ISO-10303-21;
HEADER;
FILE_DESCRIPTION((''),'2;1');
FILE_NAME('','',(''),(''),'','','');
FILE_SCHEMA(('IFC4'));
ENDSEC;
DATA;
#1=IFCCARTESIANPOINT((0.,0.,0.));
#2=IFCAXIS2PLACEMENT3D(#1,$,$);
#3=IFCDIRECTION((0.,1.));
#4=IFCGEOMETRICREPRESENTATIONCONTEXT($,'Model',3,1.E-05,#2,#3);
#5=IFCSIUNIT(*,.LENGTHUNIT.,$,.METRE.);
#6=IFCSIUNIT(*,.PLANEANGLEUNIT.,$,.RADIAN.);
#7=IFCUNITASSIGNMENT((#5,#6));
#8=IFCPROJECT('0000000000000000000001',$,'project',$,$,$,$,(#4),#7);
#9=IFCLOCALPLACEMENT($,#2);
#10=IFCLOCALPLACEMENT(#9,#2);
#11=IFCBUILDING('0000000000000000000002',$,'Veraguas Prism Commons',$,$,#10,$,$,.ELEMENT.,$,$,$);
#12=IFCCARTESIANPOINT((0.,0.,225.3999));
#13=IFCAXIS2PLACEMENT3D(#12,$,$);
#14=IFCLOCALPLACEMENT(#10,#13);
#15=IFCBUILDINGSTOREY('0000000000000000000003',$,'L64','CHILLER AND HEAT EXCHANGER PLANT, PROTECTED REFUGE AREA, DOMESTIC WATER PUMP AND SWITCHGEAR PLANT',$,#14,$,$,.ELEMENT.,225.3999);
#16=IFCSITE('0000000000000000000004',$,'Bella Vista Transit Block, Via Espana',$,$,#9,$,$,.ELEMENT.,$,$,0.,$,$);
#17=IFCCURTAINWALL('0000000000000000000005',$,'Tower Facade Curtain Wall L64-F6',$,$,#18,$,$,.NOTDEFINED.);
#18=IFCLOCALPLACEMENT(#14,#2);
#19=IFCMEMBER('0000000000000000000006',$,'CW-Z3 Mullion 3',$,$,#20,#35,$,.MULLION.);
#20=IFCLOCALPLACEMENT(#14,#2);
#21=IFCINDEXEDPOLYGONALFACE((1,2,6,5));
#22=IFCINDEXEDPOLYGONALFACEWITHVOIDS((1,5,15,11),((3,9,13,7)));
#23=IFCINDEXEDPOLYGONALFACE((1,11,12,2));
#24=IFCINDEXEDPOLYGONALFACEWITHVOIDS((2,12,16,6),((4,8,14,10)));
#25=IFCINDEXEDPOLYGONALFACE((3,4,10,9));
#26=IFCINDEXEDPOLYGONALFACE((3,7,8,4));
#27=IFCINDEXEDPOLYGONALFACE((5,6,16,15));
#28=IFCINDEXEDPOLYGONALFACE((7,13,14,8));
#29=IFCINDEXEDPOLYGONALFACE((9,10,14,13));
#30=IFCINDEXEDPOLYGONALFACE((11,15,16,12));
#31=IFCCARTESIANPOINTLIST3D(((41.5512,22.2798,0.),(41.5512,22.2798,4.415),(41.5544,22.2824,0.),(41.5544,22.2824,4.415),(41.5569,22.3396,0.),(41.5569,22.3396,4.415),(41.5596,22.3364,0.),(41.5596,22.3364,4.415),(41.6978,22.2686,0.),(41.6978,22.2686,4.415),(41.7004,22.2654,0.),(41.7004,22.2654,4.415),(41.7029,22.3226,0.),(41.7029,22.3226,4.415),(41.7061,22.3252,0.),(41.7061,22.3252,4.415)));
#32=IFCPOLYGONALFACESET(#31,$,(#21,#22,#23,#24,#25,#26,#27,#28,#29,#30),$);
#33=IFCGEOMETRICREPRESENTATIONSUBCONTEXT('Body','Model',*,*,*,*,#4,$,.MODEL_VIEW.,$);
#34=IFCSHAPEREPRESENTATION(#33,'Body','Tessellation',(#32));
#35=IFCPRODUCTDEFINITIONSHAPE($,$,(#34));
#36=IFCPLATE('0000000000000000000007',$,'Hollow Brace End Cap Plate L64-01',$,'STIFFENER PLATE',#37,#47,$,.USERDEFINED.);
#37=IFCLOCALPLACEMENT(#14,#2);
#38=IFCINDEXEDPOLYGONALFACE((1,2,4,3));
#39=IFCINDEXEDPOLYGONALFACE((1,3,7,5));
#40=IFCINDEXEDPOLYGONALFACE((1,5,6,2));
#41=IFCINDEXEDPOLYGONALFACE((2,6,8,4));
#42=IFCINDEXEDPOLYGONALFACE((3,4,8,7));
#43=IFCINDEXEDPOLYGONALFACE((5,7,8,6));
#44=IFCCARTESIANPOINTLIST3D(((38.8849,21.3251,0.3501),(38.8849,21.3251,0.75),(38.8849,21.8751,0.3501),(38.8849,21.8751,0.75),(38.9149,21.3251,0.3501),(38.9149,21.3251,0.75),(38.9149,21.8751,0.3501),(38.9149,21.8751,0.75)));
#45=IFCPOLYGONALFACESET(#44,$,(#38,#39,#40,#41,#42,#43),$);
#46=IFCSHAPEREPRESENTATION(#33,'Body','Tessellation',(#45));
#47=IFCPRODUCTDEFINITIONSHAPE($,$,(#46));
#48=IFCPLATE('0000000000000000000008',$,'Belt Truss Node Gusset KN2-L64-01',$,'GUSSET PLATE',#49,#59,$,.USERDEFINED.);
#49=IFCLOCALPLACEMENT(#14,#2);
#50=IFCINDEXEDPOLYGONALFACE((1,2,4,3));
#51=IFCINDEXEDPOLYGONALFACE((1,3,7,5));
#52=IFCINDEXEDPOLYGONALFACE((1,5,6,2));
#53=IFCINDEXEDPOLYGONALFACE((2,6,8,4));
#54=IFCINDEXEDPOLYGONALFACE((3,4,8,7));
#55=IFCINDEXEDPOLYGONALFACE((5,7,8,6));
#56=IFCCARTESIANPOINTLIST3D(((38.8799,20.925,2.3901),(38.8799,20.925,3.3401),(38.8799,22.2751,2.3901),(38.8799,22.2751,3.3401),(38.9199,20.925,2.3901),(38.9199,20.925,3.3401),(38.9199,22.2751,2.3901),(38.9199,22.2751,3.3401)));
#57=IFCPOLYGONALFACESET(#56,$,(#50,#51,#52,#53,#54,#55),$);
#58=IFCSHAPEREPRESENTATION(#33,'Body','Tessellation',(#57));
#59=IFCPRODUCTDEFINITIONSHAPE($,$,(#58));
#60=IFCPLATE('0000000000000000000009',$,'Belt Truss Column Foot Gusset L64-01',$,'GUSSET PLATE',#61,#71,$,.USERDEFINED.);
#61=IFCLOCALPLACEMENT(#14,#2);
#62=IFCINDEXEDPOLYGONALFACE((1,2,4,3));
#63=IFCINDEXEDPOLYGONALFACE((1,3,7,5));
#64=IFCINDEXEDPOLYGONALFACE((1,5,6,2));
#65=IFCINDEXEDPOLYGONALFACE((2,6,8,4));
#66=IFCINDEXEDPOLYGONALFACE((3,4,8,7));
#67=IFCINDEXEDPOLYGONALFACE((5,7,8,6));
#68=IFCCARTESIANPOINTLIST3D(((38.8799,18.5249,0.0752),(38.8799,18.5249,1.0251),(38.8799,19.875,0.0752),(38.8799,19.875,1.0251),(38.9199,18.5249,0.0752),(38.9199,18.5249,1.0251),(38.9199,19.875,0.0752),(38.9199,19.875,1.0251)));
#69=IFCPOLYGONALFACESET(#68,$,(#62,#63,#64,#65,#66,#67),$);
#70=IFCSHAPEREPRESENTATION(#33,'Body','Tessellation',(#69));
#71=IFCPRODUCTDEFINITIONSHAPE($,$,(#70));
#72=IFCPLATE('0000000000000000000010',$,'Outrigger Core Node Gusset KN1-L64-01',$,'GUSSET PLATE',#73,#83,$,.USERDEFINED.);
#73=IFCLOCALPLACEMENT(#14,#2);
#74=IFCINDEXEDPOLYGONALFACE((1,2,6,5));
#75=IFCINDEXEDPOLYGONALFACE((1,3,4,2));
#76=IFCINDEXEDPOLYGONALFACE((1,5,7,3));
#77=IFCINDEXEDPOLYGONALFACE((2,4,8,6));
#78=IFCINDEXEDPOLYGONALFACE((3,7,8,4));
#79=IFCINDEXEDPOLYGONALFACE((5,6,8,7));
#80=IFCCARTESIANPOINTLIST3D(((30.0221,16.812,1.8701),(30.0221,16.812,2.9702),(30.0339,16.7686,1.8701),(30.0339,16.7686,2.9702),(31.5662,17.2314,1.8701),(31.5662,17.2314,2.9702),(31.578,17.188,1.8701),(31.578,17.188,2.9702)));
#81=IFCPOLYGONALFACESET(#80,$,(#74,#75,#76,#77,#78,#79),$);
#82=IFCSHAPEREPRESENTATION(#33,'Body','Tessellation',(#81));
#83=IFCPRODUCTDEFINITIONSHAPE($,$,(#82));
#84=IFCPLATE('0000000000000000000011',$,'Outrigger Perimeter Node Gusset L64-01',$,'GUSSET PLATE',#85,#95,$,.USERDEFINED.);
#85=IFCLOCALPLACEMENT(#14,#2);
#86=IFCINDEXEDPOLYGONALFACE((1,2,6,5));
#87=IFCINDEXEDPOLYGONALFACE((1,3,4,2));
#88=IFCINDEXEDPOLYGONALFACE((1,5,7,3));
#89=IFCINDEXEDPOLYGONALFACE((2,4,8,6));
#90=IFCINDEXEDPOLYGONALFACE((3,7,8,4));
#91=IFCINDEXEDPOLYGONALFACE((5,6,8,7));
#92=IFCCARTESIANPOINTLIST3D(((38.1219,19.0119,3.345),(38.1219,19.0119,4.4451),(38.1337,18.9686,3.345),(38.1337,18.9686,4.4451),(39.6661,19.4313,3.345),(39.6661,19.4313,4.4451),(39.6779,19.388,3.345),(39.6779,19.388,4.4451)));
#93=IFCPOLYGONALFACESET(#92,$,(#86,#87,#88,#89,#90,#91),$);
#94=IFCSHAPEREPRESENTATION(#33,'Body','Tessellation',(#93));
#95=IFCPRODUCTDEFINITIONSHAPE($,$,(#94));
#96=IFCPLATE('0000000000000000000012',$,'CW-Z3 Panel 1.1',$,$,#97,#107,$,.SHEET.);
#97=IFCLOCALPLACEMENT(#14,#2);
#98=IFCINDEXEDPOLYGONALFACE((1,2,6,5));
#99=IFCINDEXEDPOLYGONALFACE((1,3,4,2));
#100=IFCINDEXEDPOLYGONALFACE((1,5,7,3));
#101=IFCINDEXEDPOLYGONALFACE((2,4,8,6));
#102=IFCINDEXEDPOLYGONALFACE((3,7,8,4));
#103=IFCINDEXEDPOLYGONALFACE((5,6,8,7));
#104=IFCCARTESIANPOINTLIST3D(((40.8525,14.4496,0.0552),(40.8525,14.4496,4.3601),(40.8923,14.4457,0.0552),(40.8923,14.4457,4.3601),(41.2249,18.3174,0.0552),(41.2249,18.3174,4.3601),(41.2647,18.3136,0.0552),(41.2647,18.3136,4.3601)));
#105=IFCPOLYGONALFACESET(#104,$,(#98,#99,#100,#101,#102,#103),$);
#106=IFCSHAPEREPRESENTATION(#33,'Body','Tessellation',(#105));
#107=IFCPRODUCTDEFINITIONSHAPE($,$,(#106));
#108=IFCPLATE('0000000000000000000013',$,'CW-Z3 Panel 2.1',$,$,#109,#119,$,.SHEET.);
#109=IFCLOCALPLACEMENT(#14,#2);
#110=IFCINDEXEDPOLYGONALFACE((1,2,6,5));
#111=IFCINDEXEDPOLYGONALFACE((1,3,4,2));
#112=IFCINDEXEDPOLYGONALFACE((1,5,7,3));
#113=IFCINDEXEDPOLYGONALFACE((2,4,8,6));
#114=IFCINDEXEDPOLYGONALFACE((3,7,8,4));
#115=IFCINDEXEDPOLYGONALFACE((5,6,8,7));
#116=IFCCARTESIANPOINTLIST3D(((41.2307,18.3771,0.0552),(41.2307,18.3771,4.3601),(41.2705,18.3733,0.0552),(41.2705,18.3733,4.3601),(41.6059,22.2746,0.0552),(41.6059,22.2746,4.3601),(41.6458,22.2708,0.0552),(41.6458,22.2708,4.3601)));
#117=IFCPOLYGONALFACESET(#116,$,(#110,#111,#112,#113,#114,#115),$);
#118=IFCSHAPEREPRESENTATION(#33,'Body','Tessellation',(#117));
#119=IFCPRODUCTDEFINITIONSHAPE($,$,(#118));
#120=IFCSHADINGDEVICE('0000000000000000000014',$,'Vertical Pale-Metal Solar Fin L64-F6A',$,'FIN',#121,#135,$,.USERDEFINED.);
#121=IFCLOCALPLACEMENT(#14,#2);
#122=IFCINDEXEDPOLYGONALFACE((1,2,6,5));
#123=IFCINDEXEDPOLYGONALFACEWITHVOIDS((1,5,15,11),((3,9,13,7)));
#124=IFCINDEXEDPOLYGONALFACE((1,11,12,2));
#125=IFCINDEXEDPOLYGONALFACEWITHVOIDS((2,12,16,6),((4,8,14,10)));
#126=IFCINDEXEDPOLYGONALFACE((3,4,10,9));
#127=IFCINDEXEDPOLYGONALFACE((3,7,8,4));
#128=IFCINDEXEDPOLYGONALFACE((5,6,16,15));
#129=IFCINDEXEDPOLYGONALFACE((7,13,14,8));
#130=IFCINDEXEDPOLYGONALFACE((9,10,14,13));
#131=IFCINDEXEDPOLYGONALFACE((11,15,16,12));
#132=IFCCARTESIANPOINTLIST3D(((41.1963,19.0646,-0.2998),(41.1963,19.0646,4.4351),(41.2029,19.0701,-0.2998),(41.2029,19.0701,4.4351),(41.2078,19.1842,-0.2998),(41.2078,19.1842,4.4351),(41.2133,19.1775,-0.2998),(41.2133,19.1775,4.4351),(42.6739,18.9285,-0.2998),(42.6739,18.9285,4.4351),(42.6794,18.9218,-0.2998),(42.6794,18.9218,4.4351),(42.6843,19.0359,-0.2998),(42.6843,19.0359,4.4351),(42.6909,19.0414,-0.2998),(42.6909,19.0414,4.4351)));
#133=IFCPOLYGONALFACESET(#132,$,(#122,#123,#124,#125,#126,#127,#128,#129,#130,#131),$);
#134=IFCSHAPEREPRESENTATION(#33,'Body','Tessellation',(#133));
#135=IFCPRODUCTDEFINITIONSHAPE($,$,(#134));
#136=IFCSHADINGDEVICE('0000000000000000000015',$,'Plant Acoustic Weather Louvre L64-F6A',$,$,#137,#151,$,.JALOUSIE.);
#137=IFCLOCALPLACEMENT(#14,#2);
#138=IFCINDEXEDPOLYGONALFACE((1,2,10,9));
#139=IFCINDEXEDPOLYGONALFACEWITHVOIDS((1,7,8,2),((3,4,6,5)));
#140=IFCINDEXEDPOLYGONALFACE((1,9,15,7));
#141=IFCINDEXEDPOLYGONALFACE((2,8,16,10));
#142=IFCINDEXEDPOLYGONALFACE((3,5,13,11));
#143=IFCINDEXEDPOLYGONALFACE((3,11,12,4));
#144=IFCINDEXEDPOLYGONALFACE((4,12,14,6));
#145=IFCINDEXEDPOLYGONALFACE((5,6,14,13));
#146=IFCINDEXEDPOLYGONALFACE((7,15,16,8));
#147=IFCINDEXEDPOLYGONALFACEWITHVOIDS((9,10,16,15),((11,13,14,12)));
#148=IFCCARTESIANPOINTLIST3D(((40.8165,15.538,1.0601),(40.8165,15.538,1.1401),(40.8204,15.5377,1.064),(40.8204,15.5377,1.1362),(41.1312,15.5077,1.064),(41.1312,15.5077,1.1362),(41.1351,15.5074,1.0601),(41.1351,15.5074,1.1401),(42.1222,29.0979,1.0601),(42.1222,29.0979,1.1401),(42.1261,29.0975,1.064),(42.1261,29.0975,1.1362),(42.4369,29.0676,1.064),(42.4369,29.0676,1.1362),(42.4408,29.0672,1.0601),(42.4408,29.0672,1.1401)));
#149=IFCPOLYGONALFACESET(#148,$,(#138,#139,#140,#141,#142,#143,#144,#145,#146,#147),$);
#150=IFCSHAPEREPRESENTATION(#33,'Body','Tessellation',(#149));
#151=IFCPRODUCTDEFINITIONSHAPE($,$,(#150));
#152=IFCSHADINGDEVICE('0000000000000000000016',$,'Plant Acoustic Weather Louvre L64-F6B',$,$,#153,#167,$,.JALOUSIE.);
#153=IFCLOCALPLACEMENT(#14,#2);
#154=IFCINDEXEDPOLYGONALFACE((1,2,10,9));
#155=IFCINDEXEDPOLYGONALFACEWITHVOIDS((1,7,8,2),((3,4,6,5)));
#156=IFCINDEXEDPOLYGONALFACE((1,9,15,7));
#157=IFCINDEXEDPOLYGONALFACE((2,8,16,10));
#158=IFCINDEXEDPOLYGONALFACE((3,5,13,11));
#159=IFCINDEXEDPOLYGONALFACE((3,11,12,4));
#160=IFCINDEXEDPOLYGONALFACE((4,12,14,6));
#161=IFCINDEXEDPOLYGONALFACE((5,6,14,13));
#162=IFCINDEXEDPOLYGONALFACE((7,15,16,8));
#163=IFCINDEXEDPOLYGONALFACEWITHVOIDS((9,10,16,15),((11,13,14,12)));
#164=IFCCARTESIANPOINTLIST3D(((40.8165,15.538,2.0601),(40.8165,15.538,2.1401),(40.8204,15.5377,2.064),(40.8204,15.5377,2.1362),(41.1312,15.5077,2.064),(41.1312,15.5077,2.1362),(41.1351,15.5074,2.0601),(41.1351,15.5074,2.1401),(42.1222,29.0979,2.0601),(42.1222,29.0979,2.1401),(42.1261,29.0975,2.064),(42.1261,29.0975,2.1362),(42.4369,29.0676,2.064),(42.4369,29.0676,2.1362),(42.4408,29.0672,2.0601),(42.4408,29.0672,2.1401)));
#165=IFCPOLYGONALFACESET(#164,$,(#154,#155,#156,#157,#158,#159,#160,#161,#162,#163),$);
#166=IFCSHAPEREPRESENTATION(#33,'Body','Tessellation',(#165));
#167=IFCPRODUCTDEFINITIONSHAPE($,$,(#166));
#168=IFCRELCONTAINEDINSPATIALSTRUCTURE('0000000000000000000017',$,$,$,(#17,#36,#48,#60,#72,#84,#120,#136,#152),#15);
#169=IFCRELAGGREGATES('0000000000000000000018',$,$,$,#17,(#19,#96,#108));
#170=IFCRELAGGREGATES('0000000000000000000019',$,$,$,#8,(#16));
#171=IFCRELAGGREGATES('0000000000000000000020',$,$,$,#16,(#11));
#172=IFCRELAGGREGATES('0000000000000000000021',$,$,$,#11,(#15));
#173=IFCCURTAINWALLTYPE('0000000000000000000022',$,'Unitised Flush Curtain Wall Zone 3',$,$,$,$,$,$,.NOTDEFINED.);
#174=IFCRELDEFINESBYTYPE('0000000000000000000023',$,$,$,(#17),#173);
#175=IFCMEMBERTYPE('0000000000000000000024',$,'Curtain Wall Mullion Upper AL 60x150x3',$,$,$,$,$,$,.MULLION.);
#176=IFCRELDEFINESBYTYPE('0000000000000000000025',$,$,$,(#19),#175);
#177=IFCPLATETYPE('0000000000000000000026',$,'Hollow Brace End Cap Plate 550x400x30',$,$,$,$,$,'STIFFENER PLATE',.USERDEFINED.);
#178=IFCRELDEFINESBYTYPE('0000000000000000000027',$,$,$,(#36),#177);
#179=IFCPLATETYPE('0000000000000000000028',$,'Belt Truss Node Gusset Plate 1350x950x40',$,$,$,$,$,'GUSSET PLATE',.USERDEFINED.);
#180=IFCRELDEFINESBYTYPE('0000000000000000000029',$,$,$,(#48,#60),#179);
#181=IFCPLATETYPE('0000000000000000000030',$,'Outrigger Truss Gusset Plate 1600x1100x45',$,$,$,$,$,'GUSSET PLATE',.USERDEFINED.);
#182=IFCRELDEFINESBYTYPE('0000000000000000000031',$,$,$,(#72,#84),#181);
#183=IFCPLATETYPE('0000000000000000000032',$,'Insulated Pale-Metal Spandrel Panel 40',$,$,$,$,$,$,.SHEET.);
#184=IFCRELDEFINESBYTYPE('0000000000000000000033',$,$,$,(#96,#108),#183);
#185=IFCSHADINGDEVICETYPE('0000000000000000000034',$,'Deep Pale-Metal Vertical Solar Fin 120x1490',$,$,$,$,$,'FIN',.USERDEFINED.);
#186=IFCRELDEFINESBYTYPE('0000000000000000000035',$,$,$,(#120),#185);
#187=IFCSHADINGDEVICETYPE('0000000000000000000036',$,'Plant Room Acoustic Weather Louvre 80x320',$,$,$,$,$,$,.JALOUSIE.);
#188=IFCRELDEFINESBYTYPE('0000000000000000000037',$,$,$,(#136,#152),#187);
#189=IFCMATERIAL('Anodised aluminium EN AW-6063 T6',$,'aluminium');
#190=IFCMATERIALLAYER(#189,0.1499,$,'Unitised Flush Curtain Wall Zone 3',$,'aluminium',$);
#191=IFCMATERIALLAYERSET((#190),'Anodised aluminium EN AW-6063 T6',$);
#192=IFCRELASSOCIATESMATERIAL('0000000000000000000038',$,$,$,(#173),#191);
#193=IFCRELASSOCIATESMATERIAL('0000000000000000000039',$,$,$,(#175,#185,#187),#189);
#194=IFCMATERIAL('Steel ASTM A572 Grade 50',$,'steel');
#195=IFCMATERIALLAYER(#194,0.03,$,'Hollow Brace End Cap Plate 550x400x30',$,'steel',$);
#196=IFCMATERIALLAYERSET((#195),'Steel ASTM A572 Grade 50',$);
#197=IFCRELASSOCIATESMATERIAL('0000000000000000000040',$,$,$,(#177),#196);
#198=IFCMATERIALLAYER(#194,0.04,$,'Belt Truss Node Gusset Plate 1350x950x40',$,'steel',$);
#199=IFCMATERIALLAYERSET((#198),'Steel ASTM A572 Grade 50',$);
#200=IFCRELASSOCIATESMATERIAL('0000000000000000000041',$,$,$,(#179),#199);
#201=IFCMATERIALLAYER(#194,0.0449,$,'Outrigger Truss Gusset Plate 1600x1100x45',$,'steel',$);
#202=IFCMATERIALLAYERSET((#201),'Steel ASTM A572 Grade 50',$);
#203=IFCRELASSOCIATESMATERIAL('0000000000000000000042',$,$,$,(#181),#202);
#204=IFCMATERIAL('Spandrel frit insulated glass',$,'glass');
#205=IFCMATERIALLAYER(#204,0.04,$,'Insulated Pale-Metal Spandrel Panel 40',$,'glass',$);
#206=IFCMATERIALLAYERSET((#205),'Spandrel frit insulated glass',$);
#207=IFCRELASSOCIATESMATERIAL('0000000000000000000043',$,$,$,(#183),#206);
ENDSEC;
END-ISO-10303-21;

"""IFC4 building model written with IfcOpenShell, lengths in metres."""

from ifc_helpers import new_model, si_unit, direction, frame, origin, origin_2d, place, context, subcontext, project, spatial, rectangle, hollow_rectangle, extrude, source, transform, mapped, material, layer, layer_set, material_profile, profile_set, type_object, element, aggregate, save


model = new_model("IFC4")

# Units and contexts
model_context = context("Model", 3, precision=1e-05, world=origin(), true_north=direction((0.0, 1.0)))
body_context = subcontext(model_context, "Body", "Model", "MODEL_VIEW")
ifc_project = project(units=[si_unit("LENGTHUNIT", "METRE"), si_unit("PLANEANGLEUNIT", "RADIAN")], contexts=[model_context])

# Site, building, storey
site_placement = place(None, origin())
site = spatial("IfcSite", under=ifc_project, at=site_placement, Name="Bella Vista Transit Block, Via Espana", CompositionType="ELEMENT", RefElevation=0.0)
building_placement = place(site_placement, origin())
building = spatial("IfcBuilding", under=site, at=building_placement, Name="Veraguas Prism Commons", CompositionType="ELEMENT")
storey_placement = place(building_placement, frame((0.0, 0.0, 225.3999)))
storey = spatial("IfcBuildingStorey", under=building, at=storey_placement, Name="L64", Description="CHILLER AND HEAT EXCHANGER PLANT, PROTECTED REFUGE AREA, DOMESTIC WATER PUMP AND SWITCHGEAR PLANT", CompositionType="ELEMENT", Elevation=225.3999)

# Curtain wall, member
ifc_material_1 = material(Name="Anodised aluminium EN AW-6063 T6", Category="aluminium")
ifc_layer_1 = layer(ifc_material_1, 0.1499, Name="Unitised Flush Curtain Wall Zone 3", Category="aluminium")
ifc_layer_set_1 = layer_set([ifc_layer_1], Name="Anodised aluminium EN AW-6063 T6")
curtain_wall_type = type_object("IfcCurtainWallType", Name="Unitised Flush Curtain Wall Zone 3", PredefinedType="NOTDEFINED", material=ifc_layer_set_1)
curtain_wall_placement = place(storey_placement, origin())
curtain_wall = element("IfcCurtainWall", 1, at=curtain_wall_placement, inside=storey, type_object=curtain_wall_type, Name="Tower Facade Curtain Wall L64-F6", PredefinedType="NOTDEFINED")
ifc_material_profile_1 = material_profile(ifc_material_1, hollow_rectangle(XDim=0.0601, YDim=0.1499, WallThickness=0.0029, at=origin_2d()), Name="AL60X150X3")
ifc_profile_set_1 = profile_set([ifc_material_profile_1], Name="Anodised aluminium EN AW-6063 T6")
member_type_1 = type_object("IfcMemberType", Name="Curtain Wall Mullion Upper AL 60x150x3", PredefinedType="MULLION", material=ifc_profile_set_1)
shared_shape_1 = source(origin(), body_context, "Body", "SweptSolid", [
    extrude(hollow_rectangle(XDim=0.0601, YDim=0.1499, WallThickness=0.0029, at=origin_2d()), origin(), (0.0, 0.0, 1.0), 4.415),
])
member_1_placement = place(storey_placement, frame((41.6287, 22.3025, 0.0), z_axis=(0.0, 0.0, 1.0), x_axis=(0.095841, 0.995397, 0.0)))
member_1 = element("IfcMember", 2, at=member_1_placement, type_object=member_type_1, Name="CW-Z3 Mullion 3", PredefinedType="MULLION", context=body_context, shape_type="MappedRepresentation", body=[
    mapped(shared_shape_1, transform((0.0, 0.0, 0.0), scale=1.0)),
])

# Plates
ifc_material_2 = material(Name="Steel ASTM A572 Grade 50", Category="steel")
ifc_layer_2 = layer(ifc_material_2, 0.03, Name="Hollow Brace End Cap Plate 550x400x30", Category="steel")
ifc_layer_set_2 = layer_set([ifc_layer_2], Name="Steel ASTM A572 Grade 50")
plate_type_1 = type_object("IfcPlateType", Name="Hollow Brace End Cap Plate 550x400x30", ElementType="STIFFENER PLATE", PredefinedType="USERDEFINED", material=ifc_layer_set_2)
shared_shape_2 = source(origin(), body_context, "Body", "SweptSolid", [
    extrude(rectangle(XDim=0.55, YDim=0.03, at=origin_2d()), origin(), (0.0, 0.0, 1.0), 0.3999),
])
plate_1_placement = place(storey_placement, frame((38.8999, 21.6001, 0.3501), z_axis=(0.0, 0.0, 1.0), x_axis=(0.0, 1.0, 0.0)))
element("IfcPlate", 3, at=plate_1_placement, inside=storey, type_object=plate_type_1, Name="Hollow Brace End Cap Plate L64-01", ObjectType="STIFFENER PLATE", PredefinedType="USERDEFINED", context=body_context, shape_type="MappedRepresentation", body=[
    mapped(shared_shape_2, transform((0.0, 0.0, 0.0), scale=1.0)),
])
ifc_layer_3 = layer(ifc_material_2, 0.04, Name="Belt Truss Node Gusset Plate 1350x950x40", Category="steel")
ifc_layer_set_3 = layer_set([ifc_layer_3], Name="Steel ASTM A572 Grade 50")
plate_type_2 = type_object("IfcPlateType", Name="Belt Truss Node Gusset Plate 1350x950x40", ElementType="GUSSET PLATE", PredefinedType="USERDEFINED", material=ifc_layer_set_3)
shared_shape_3 = source(origin(), body_context, "Body", "SweptSolid", [
    extrude(rectangle(XDim=1.3501, YDim=0.04, at=origin_2d()), origin(), (0.0, 0.0, 1.0), 0.95),
])
for number, where, z_axis, x_axis, name in (
    (4, (38.8999, 21.6001, 2.3901), (0.0, 0.0, 1.0), (0.0, 1.0, 0.0), "Belt Truss Node Gusset KN2-L64-01"),
    (5, (38.8999, 19.2, 0.0752), (0.0, 0.0, 1.0), (0.0, 1.0, 0.0), "Belt Truss Column Foot Gusset L64-01"),
):
    element("IfcPlate", number, at=place(storey_placement, frame(where, z_axis=z_axis, x_axis=x_axis)), inside=storey, type_object=plate_type_2, Name=name, ObjectType="GUSSET PLATE", PredefinedType="USERDEFINED", context=body_context, shape_type="MappedRepresentation", body=[
        mapped(shared_shape_3, transform((0.0, 0.0, 0.0), scale=1.0)),
    ])
ifc_layer_4 = layer(ifc_material_2, 0.0449, Name="Outrigger Truss Gusset Plate 1600x1100x45", Category="steel")
ifc_layer_set_4 = layer_set([ifc_layer_4], Name="Steel ASTM A572 Grade 50")
plate_type_3 = type_object("IfcPlateType", Name="Outrigger Truss Gusset Plate 1600x1100x45", ElementType="GUSSET PLATE", PredefinedType="USERDEFINED", material=ifc_layer_set_4)
shared_shape_4 = source(origin(), body_context, "Body", "SweptSolid", [
    extrude(rectangle(XDim=1.6001, YDim=0.0449, at=origin_2d()), origin(), (0.0, 0.0, 1.0), 1.1001),
])
for number, where, z_axis, x_axis, name in (
    (6, (30.8, 17.0, 1.8701), (0.0, 0.0, 1.0), (0.965038, 0.262108, 0.0), "Outrigger Core Node Gusset KN1-L64-01"),
    (7, (38.8999, 19.2, 3.345), (0.0, 0.0, 1.0), (0.965038, 0.262108, 0.0), "Outrigger Perimeter Node Gusset L64-01"),
):
    element("IfcPlate", number, at=place(storey_placement, frame(where, z_axis=z_axis, x_axis=x_axis)), inside=storey, type_object=plate_type_3, Name=name, ObjectType="GUSSET PLATE", PredefinedType="USERDEFINED", context=body_context, shape_type="MappedRepresentation", body=[
        mapped(shared_shape_4, transform((0.0, 0.0, 0.0), scale=1.0)),
    ])

# Plates
ifc_material_3 = material(Name="Spandrel frit insulated glass", Category="glass")
ifc_layer_5 = layer(ifc_material_3, 0.04, Name="Insulated Pale-Metal Spandrel Panel 40", Category="glass")
ifc_layer_set_5 = layer_set([ifc_layer_5], Name="Spandrel frit insulated glass")
plate_type_4 = type_object("IfcPlateType", Name="Insulated Pale-Metal Spandrel Panel 40", PredefinedType="SHEET", material=ifc_layer_set_5)
shared_shape_5 = source(origin(), body_context, "Body", "SweptSolid", [
    extrude(rectangle(XDim=3.8857, YDim=0.04, at=origin_2d()), origin(), (0.0, 0.0, 1.0), 4.3049),
])
plate_2_placement = place(storey_placement, frame((41.0586, 16.3816, 0.0552), z_axis=(0.0, 0.0, 1.0), x_axis=(0.095841, 0.995397, 0.0)))
plate_2 = element("IfcPlate", 8, at=plate_2_placement, type_object=plate_type_4, Name="CW-Z3 Panel 1.1", PredefinedType="SHEET", context=body_context, shape_type="MappedRepresentation", body=[
    mapped(shared_shape_5, transform((0.0, 0.0, 0.0), scale=1.0)),
])
shared_shape_6 = source(origin(), body_context, "Body", "SweptSolid", [
    extrude(rectangle(XDim=3.9155, YDim=0.04, at=origin_2d()), origin(), (0.0, 0.0, 1.0), 4.3049),
])
plate_3_placement = place(storey_placement, frame((41.4382, 20.324, 0.0552), z_axis=(0.0, 0.0, 1.0), x_axis=(0.095841, 0.995397, 0.0)))
plate_3 = element("IfcPlate", 9, at=plate_3_placement, type_object=plate_type_4, Name="CW-Z3 Panel 2.1", PredefinedType="SHEET", context=body_context, shape_type="MappedRepresentation", body=[
    mapped(shared_shape_6, transform((0.0, 0.0, 0.0), scale=1.0)),
])
aggregate(curtain_wall, [member_1, plate_2, plate_3])

# Shading devices
ifc_material_profile_2 = material_profile(ifc_material_1, hollow_rectangle(XDim=0.1201, YDim=1.49, WallThickness=0.0061, at=origin_2d()), Name="FIN120X1490X6")
ifc_profile_set_2 = profile_set([ifc_material_profile_2], Name="Anodised aluminium EN AW-6063 T6")
shading_device_type_1 = type_object("IfcShadingDeviceType", Name="Deep Pale-Metal Vertical Solar Fin 120x1490", ElementType="FIN", PredefinedType="USERDEFINED", material=ifc_profile_set_2)
shading_device_placement = place(storey_placement, frame((41.9436, 19.053, -0.2998), z_axis=(0.0, 0.0, 1.0), x_axis=(0.095847, 0.995396, 0.0)))
element("IfcShadingDevice", 10, at=shading_device_placement, inside=storey, type_object=shading_device_type_1, Name="Vertical Pale-Metal Solar Fin L64-F6A", ObjectType="FIN", PredefinedType="USERDEFINED", context=body_context, shape_type="SweptSolid", body=[
    extrude(hollow_rectangle(XDim=0.1201, YDim=1.49, WallThickness=0.0061, at=origin_2d()), origin(), (0.0, 0.0, 1.0), 4.7349),
])
ifc_material_profile_3 = material_profile(ifc_material_1, hollow_rectangle(XDim=0.0801, YDim=0.3201, WallThickness=0.0039, at=origin_2d()), Name="LVR80X320X4")
ifc_profile_set_3 = profile_set([ifc_material_profile_3], Name="Anodised aluminium EN AW-6063 T6")
shading_device_type_2 = type_object("IfcShadingDeviceType", Name="Plant Room Acoustic Weather Louvre 80x320", PredefinedType="JALOUSIE", material=ifc_profile_set_3)
for number, where, z_axis, x_axis, name in (
    (11, (40.9758, 15.5227, 1.1001), (0.095846, 0.995396, 0.0), (0.0, 0.0, 1.0), "Plant Acoustic Weather Louvre L64-F6A"),
    (12, (40.9758, 15.5227, 2.1001), (0.095846, 0.995396, 0.0), (0.0, 0.0, 1.0), "Plant Acoustic Weather Louvre L64-F6B"),
):
    element("IfcShadingDevice", number, at=place(storey_placement, frame(where, z_axis=z_axis, x_axis=x_axis)), inside=storey, type_object=shading_device_type_2, Name=name, PredefinedType="JALOUSIE", context=body_context, shape_type="SweptSolid", body=[
        extrude(hollow_rectangle(XDim=0.0801, YDim=0.3201, WallThickness=0.0039, at=origin_2d()), origin(), (0.0, 0.0, 1.0), 13.6226),
    ])

save(model, "model.ifc")
